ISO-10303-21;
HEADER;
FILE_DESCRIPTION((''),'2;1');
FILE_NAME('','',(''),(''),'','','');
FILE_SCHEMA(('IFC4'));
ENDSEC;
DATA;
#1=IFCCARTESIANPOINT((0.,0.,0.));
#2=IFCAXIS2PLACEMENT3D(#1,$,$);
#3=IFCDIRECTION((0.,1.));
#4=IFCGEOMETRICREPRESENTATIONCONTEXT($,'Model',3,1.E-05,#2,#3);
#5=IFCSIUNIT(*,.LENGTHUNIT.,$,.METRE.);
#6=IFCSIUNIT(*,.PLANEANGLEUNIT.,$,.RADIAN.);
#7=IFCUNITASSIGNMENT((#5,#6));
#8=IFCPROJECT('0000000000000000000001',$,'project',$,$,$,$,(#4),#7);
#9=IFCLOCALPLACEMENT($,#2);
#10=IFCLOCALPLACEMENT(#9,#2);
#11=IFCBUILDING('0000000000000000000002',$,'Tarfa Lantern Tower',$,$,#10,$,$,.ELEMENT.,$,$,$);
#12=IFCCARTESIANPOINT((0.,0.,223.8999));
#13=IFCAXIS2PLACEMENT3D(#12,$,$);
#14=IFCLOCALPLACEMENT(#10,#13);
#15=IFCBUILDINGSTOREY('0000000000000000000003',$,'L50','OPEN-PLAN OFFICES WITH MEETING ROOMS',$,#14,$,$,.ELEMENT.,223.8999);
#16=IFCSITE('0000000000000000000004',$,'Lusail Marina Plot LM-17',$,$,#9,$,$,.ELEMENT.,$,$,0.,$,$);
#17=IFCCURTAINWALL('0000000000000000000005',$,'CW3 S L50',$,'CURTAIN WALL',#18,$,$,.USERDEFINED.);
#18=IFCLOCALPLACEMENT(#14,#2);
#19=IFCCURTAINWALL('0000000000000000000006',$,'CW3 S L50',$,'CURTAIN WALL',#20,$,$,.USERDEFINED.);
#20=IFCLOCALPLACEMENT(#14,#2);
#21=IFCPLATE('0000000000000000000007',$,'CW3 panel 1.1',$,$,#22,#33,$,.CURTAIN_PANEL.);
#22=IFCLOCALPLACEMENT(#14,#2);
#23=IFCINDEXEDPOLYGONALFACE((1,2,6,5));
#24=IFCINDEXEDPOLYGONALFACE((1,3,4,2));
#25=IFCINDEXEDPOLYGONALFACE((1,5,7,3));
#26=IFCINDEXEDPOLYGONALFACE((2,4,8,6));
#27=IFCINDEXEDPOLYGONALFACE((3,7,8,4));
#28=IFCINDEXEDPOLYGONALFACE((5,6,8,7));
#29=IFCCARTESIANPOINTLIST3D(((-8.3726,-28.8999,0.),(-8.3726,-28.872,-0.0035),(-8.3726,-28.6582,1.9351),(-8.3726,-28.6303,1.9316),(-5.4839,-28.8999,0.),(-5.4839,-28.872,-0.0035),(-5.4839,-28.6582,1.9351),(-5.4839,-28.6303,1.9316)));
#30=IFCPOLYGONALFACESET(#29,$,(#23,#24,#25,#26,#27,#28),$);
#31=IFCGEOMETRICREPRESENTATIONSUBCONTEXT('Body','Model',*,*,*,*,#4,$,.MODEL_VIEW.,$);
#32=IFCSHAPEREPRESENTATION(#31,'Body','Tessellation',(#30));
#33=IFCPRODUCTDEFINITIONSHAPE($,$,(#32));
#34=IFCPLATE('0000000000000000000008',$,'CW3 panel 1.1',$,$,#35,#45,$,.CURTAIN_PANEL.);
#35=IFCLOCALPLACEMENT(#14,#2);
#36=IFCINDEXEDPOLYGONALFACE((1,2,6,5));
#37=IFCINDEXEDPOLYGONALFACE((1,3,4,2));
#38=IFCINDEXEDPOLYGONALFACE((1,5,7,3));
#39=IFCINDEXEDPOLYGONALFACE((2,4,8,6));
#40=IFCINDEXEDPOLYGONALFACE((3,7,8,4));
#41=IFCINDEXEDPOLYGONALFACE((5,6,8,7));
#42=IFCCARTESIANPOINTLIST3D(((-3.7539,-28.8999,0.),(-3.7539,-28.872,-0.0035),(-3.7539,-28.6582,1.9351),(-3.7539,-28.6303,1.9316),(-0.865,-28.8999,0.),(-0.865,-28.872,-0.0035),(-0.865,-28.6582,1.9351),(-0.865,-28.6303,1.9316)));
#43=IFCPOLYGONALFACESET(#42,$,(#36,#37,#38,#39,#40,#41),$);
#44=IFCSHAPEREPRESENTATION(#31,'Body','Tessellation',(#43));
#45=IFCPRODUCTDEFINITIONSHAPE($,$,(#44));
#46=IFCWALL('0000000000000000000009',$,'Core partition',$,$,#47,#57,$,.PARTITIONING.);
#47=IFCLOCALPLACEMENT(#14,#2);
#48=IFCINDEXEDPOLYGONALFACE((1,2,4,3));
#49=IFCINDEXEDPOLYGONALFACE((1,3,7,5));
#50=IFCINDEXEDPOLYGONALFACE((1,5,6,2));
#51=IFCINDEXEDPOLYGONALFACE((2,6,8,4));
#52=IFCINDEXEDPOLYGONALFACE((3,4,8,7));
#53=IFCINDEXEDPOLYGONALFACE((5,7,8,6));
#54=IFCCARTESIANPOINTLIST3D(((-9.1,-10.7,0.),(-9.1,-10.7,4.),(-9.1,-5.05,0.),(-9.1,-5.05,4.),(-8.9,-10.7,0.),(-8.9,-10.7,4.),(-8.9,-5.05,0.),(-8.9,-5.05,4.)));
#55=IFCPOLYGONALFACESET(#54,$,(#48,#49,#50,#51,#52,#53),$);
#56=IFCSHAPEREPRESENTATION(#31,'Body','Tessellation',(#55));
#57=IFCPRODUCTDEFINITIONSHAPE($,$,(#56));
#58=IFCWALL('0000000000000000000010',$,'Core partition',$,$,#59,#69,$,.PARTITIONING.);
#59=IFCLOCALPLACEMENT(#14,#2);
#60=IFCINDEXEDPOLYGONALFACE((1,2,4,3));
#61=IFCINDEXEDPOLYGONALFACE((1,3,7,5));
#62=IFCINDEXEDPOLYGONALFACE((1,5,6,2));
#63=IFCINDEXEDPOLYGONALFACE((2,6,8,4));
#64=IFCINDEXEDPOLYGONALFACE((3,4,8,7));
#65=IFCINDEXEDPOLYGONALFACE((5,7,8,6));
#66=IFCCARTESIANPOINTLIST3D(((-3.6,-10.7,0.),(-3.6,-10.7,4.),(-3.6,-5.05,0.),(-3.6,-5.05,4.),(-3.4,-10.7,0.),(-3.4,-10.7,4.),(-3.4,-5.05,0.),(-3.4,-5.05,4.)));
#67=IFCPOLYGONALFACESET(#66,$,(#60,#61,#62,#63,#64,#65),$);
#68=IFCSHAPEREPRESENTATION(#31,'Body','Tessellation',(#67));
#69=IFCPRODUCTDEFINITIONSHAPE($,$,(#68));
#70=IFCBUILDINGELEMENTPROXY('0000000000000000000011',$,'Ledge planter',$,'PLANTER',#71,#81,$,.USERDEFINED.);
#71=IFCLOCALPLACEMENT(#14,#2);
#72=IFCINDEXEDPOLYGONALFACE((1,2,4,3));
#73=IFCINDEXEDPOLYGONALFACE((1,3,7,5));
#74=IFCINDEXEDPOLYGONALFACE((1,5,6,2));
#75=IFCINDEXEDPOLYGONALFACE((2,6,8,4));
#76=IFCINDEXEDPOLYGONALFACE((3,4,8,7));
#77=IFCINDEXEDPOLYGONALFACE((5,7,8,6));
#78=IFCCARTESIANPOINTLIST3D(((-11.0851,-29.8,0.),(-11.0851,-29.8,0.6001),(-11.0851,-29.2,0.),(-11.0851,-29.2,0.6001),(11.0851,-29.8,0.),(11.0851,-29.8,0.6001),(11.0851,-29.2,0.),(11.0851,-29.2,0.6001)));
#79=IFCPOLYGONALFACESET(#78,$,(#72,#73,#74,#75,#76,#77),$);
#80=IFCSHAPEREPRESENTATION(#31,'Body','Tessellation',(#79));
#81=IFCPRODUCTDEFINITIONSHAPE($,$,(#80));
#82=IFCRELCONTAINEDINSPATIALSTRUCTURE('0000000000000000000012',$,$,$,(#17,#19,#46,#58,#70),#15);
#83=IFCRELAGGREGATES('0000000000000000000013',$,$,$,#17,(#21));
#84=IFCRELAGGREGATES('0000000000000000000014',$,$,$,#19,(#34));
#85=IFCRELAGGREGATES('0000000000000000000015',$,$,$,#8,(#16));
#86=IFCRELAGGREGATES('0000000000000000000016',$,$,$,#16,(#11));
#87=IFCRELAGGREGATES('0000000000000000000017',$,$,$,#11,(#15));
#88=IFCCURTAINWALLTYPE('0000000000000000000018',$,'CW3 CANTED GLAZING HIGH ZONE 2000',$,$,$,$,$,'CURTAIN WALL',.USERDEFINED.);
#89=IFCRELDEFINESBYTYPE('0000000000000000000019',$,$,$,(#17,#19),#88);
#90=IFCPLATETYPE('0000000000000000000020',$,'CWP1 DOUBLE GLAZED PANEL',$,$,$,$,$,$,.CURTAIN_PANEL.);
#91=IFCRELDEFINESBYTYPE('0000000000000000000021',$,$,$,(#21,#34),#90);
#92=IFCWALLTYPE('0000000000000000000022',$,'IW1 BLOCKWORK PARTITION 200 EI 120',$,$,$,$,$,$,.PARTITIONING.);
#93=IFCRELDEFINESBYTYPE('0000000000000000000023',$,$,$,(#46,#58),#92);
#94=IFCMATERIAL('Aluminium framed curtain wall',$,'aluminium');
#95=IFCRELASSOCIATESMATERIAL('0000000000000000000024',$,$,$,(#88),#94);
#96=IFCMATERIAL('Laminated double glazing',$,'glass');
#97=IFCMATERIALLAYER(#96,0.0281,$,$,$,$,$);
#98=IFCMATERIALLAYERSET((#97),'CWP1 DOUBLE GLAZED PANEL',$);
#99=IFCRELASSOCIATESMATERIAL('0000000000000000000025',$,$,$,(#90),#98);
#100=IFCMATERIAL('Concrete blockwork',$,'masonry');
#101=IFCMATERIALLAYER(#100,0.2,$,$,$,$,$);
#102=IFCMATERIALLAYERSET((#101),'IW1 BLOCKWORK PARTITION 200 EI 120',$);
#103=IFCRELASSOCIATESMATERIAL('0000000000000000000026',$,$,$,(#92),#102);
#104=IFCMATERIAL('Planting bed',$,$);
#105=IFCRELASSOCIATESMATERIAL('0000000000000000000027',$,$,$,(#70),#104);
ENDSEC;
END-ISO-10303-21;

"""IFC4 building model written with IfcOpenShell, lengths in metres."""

from ifc_helpers import new_model, si_unit, direction, frame, frame_2d, origin, origin_2d, place, context, subcontext, project, spatial, polyline, rectangle, outline, extrude, material, layer, layer_set, type_object, element, aggregate, save


model = new_model("IFC4")

# Units and contexts
model_context = context("Model", 3, precision=1e-05, world=origin(), true_north=direction((0.0, 1.0)))
body_context = subcontext(model_context, "Body", "Model", "MODEL_VIEW")
ifc_project = project(units=[si_unit("LENGTHUNIT", "METRE"), si_unit("PLANEANGLEUNIT", "RADIAN")], contexts=[model_context])

# Site, building, storey
site_placement = place(None, origin())
site = spatial("IfcSite", under=ifc_project, at=site_placement, Name="Lusail Marina Plot LM-17", CompositionType="ELEMENT", RefElevation=0.0)
building_placement = place(site_placement, origin())
building = spatial("IfcBuilding", under=site, at=building_placement, Name="Tarfa Lantern Tower", CompositionType="ELEMENT")
storey_placement = place(building_placement, frame((0.0, 0.0, 223.8999)))
storey = spatial("IfcBuildingStorey", under=building, at=storey_placement, Name="L50", Description="OPEN-PLAN OFFICES WITH MEETING ROOMS", CompositionType="ELEMENT", Elevation=223.8999)

# Curtain walls
ifc_material_1 = material(Name="Aluminium framed curtain wall", Category="aluminium")
curtain_wall_type = type_object("IfcCurtainWallType", Name="CW3 CANTED GLAZING HIGH ZONE 2000", ElementType="CURTAIN WALL", PredefinedType="USERDEFINED", material=ifc_material_1)
curtain_wall_1_placement = place(storey_placement, origin())
curtain_wall_1 = element("IfcCurtainWall", 1, at=curtain_wall_1_placement, inside=storey, type_object=curtain_wall_type, Name="CW3 S L50", ObjectType="CURTAIN WALL", PredefinedType="USERDEFINED")
curtain_wall_2_placement = place(storey_placement, origin())
curtain_wall_2 = element("IfcCurtainWall", 2, at=curtain_wall_2_placement, inside=storey, type_object=curtain_wall_type, Name="CW3 S L50", ObjectType="CURTAIN WALL", PredefinedType="USERDEFINED")

# Plates
ifc_material_2 = material(Name="Laminated double glazing", Category="glass")
ifc_layer_1 = layer(ifc_material_2, 0.0281)
ifc_layer_set_1 = layer_set([ifc_layer_1], Name="CWP1 DOUBLE GLAZED PANEL")
plate_type = type_object("IfcPlateType", Name="CWP1 DOUBLE GLAZED PANEL", PredefinedType="CURTAIN_PANEL", material=ifc_layer_set_1)
plate_1_placement = place(storey_placement, frame((-8.3726, -28.8999, 0.0), z_axis=(0.0, -0.992289, 0.123942), x_axis=(1.0, 0.0, 0.0)))
plate_1 = element("IfcPlate", 3, at=plate_1_placement, type_object=plate_type, Name="CW3 panel 1.1", PredefinedType="CURTAIN_PANEL", context=body_context, shape_type="SweptSolid", body=[
    extrude(outline(polyline([(0.0, 0.0), (2.8887, 0.0), (2.8887, 1.9501), (0.0, 1.9501), (0.0, 0.0)])), origin(), (0.0, 0.0, -1.0), 0.0281),
])
aggregate(curtain_wall_1, [plate_1])
plate_2_placement = place(storey_placement, frame((-3.7539, -28.8999, 0.0), z_axis=(0.0, -0.992289, 0.123942), x_axis=(1.0, 0.0, 0.0)))
plate_2 = element("IfcPlate", 4, at=plate_2_placement, type_object=plate_type, Name="CW3 panel 1.1", PredefinedType="CURTAIN_PANEL", context=body_context, shape_type="SweptSolid", body=[
    extrude(outline(polyline([(0.0, 0.0), (2.8889, 0.0), (2.8889, 1.9501), (0.0, 1.9501), (0.0, 0.0)])), origin(), (0.0, 0.0, -1.0), 0.0281),
])
aggregate(curtain_wall_2, [plate_2])

# Walls
ifc_material_3 = material(Name="Concrete blockwork", Category="masonry")
ifc_layer_2 = layer(ifc_material_3, 0.2)
ifc_layer_set_2 = layer_set([ifc_layer_2], Name="IW1 BLOCKWORK PARTITION 200 EI 120")
wall_type = type_object("IfcWallType", Name="IW1 BLOCKWORK PARTITION 200 EI 120", PredefinedType="PARTITIONING", material=ifc_layer_set_2)
for number, where, z_axis, x_axis, name in (
    (5, (-9.0, -5.05, 0.0), (0.0, 0.0, 1.0), (0.0, -1.0, 0.0), "Core partition"),
    (6, (-3.5, -5.05, 0.0), (0.0, 0.0, 1.0), (0.0, -1.0, 0.0), "Core partition"),
):
    element("IfcWall", number, at=place(storey_placement, frame(where, z_axis=z_axis, x_axis=x_axis)), inside=storey, type_object=wall_type, Name=name, PredefinedType="PARTITIONING", context=body_context, shape_type="SweptSolid", body=[
        extrude(rectangle(XDim=5.6499, YDim=0.2, at=frame_2d((2.825, 0.0))), origin(), (0.0, 0.0, 1.0), 4.0),
    ])

# Building element proxy
ifc_material_4 = material(Name="Planting bed")
proxy_placement = place(storey_placement, frame((0.0, -29.5, 0.0), z_axis=(0.0, 0.0, 1.0), x_axis=(1.0, 0.0, 0.0)))
element("IfcBuildingElementProxy", 7, at=proxy_placement, inside=storey, material=ifc_material_4, Name="Ledge planter", ObjectType="PLANTER", PredefinedType="USERDEFINED", context=body_context, shape_type="SweptSolid", body=[
    extrude(rectangle(XDim=22.1702, YDim=0.6001, at=origin_2d()), origin(), (0.0, 0.0, 1.0), 0.6001),
])

save(model, "model.ifc")
